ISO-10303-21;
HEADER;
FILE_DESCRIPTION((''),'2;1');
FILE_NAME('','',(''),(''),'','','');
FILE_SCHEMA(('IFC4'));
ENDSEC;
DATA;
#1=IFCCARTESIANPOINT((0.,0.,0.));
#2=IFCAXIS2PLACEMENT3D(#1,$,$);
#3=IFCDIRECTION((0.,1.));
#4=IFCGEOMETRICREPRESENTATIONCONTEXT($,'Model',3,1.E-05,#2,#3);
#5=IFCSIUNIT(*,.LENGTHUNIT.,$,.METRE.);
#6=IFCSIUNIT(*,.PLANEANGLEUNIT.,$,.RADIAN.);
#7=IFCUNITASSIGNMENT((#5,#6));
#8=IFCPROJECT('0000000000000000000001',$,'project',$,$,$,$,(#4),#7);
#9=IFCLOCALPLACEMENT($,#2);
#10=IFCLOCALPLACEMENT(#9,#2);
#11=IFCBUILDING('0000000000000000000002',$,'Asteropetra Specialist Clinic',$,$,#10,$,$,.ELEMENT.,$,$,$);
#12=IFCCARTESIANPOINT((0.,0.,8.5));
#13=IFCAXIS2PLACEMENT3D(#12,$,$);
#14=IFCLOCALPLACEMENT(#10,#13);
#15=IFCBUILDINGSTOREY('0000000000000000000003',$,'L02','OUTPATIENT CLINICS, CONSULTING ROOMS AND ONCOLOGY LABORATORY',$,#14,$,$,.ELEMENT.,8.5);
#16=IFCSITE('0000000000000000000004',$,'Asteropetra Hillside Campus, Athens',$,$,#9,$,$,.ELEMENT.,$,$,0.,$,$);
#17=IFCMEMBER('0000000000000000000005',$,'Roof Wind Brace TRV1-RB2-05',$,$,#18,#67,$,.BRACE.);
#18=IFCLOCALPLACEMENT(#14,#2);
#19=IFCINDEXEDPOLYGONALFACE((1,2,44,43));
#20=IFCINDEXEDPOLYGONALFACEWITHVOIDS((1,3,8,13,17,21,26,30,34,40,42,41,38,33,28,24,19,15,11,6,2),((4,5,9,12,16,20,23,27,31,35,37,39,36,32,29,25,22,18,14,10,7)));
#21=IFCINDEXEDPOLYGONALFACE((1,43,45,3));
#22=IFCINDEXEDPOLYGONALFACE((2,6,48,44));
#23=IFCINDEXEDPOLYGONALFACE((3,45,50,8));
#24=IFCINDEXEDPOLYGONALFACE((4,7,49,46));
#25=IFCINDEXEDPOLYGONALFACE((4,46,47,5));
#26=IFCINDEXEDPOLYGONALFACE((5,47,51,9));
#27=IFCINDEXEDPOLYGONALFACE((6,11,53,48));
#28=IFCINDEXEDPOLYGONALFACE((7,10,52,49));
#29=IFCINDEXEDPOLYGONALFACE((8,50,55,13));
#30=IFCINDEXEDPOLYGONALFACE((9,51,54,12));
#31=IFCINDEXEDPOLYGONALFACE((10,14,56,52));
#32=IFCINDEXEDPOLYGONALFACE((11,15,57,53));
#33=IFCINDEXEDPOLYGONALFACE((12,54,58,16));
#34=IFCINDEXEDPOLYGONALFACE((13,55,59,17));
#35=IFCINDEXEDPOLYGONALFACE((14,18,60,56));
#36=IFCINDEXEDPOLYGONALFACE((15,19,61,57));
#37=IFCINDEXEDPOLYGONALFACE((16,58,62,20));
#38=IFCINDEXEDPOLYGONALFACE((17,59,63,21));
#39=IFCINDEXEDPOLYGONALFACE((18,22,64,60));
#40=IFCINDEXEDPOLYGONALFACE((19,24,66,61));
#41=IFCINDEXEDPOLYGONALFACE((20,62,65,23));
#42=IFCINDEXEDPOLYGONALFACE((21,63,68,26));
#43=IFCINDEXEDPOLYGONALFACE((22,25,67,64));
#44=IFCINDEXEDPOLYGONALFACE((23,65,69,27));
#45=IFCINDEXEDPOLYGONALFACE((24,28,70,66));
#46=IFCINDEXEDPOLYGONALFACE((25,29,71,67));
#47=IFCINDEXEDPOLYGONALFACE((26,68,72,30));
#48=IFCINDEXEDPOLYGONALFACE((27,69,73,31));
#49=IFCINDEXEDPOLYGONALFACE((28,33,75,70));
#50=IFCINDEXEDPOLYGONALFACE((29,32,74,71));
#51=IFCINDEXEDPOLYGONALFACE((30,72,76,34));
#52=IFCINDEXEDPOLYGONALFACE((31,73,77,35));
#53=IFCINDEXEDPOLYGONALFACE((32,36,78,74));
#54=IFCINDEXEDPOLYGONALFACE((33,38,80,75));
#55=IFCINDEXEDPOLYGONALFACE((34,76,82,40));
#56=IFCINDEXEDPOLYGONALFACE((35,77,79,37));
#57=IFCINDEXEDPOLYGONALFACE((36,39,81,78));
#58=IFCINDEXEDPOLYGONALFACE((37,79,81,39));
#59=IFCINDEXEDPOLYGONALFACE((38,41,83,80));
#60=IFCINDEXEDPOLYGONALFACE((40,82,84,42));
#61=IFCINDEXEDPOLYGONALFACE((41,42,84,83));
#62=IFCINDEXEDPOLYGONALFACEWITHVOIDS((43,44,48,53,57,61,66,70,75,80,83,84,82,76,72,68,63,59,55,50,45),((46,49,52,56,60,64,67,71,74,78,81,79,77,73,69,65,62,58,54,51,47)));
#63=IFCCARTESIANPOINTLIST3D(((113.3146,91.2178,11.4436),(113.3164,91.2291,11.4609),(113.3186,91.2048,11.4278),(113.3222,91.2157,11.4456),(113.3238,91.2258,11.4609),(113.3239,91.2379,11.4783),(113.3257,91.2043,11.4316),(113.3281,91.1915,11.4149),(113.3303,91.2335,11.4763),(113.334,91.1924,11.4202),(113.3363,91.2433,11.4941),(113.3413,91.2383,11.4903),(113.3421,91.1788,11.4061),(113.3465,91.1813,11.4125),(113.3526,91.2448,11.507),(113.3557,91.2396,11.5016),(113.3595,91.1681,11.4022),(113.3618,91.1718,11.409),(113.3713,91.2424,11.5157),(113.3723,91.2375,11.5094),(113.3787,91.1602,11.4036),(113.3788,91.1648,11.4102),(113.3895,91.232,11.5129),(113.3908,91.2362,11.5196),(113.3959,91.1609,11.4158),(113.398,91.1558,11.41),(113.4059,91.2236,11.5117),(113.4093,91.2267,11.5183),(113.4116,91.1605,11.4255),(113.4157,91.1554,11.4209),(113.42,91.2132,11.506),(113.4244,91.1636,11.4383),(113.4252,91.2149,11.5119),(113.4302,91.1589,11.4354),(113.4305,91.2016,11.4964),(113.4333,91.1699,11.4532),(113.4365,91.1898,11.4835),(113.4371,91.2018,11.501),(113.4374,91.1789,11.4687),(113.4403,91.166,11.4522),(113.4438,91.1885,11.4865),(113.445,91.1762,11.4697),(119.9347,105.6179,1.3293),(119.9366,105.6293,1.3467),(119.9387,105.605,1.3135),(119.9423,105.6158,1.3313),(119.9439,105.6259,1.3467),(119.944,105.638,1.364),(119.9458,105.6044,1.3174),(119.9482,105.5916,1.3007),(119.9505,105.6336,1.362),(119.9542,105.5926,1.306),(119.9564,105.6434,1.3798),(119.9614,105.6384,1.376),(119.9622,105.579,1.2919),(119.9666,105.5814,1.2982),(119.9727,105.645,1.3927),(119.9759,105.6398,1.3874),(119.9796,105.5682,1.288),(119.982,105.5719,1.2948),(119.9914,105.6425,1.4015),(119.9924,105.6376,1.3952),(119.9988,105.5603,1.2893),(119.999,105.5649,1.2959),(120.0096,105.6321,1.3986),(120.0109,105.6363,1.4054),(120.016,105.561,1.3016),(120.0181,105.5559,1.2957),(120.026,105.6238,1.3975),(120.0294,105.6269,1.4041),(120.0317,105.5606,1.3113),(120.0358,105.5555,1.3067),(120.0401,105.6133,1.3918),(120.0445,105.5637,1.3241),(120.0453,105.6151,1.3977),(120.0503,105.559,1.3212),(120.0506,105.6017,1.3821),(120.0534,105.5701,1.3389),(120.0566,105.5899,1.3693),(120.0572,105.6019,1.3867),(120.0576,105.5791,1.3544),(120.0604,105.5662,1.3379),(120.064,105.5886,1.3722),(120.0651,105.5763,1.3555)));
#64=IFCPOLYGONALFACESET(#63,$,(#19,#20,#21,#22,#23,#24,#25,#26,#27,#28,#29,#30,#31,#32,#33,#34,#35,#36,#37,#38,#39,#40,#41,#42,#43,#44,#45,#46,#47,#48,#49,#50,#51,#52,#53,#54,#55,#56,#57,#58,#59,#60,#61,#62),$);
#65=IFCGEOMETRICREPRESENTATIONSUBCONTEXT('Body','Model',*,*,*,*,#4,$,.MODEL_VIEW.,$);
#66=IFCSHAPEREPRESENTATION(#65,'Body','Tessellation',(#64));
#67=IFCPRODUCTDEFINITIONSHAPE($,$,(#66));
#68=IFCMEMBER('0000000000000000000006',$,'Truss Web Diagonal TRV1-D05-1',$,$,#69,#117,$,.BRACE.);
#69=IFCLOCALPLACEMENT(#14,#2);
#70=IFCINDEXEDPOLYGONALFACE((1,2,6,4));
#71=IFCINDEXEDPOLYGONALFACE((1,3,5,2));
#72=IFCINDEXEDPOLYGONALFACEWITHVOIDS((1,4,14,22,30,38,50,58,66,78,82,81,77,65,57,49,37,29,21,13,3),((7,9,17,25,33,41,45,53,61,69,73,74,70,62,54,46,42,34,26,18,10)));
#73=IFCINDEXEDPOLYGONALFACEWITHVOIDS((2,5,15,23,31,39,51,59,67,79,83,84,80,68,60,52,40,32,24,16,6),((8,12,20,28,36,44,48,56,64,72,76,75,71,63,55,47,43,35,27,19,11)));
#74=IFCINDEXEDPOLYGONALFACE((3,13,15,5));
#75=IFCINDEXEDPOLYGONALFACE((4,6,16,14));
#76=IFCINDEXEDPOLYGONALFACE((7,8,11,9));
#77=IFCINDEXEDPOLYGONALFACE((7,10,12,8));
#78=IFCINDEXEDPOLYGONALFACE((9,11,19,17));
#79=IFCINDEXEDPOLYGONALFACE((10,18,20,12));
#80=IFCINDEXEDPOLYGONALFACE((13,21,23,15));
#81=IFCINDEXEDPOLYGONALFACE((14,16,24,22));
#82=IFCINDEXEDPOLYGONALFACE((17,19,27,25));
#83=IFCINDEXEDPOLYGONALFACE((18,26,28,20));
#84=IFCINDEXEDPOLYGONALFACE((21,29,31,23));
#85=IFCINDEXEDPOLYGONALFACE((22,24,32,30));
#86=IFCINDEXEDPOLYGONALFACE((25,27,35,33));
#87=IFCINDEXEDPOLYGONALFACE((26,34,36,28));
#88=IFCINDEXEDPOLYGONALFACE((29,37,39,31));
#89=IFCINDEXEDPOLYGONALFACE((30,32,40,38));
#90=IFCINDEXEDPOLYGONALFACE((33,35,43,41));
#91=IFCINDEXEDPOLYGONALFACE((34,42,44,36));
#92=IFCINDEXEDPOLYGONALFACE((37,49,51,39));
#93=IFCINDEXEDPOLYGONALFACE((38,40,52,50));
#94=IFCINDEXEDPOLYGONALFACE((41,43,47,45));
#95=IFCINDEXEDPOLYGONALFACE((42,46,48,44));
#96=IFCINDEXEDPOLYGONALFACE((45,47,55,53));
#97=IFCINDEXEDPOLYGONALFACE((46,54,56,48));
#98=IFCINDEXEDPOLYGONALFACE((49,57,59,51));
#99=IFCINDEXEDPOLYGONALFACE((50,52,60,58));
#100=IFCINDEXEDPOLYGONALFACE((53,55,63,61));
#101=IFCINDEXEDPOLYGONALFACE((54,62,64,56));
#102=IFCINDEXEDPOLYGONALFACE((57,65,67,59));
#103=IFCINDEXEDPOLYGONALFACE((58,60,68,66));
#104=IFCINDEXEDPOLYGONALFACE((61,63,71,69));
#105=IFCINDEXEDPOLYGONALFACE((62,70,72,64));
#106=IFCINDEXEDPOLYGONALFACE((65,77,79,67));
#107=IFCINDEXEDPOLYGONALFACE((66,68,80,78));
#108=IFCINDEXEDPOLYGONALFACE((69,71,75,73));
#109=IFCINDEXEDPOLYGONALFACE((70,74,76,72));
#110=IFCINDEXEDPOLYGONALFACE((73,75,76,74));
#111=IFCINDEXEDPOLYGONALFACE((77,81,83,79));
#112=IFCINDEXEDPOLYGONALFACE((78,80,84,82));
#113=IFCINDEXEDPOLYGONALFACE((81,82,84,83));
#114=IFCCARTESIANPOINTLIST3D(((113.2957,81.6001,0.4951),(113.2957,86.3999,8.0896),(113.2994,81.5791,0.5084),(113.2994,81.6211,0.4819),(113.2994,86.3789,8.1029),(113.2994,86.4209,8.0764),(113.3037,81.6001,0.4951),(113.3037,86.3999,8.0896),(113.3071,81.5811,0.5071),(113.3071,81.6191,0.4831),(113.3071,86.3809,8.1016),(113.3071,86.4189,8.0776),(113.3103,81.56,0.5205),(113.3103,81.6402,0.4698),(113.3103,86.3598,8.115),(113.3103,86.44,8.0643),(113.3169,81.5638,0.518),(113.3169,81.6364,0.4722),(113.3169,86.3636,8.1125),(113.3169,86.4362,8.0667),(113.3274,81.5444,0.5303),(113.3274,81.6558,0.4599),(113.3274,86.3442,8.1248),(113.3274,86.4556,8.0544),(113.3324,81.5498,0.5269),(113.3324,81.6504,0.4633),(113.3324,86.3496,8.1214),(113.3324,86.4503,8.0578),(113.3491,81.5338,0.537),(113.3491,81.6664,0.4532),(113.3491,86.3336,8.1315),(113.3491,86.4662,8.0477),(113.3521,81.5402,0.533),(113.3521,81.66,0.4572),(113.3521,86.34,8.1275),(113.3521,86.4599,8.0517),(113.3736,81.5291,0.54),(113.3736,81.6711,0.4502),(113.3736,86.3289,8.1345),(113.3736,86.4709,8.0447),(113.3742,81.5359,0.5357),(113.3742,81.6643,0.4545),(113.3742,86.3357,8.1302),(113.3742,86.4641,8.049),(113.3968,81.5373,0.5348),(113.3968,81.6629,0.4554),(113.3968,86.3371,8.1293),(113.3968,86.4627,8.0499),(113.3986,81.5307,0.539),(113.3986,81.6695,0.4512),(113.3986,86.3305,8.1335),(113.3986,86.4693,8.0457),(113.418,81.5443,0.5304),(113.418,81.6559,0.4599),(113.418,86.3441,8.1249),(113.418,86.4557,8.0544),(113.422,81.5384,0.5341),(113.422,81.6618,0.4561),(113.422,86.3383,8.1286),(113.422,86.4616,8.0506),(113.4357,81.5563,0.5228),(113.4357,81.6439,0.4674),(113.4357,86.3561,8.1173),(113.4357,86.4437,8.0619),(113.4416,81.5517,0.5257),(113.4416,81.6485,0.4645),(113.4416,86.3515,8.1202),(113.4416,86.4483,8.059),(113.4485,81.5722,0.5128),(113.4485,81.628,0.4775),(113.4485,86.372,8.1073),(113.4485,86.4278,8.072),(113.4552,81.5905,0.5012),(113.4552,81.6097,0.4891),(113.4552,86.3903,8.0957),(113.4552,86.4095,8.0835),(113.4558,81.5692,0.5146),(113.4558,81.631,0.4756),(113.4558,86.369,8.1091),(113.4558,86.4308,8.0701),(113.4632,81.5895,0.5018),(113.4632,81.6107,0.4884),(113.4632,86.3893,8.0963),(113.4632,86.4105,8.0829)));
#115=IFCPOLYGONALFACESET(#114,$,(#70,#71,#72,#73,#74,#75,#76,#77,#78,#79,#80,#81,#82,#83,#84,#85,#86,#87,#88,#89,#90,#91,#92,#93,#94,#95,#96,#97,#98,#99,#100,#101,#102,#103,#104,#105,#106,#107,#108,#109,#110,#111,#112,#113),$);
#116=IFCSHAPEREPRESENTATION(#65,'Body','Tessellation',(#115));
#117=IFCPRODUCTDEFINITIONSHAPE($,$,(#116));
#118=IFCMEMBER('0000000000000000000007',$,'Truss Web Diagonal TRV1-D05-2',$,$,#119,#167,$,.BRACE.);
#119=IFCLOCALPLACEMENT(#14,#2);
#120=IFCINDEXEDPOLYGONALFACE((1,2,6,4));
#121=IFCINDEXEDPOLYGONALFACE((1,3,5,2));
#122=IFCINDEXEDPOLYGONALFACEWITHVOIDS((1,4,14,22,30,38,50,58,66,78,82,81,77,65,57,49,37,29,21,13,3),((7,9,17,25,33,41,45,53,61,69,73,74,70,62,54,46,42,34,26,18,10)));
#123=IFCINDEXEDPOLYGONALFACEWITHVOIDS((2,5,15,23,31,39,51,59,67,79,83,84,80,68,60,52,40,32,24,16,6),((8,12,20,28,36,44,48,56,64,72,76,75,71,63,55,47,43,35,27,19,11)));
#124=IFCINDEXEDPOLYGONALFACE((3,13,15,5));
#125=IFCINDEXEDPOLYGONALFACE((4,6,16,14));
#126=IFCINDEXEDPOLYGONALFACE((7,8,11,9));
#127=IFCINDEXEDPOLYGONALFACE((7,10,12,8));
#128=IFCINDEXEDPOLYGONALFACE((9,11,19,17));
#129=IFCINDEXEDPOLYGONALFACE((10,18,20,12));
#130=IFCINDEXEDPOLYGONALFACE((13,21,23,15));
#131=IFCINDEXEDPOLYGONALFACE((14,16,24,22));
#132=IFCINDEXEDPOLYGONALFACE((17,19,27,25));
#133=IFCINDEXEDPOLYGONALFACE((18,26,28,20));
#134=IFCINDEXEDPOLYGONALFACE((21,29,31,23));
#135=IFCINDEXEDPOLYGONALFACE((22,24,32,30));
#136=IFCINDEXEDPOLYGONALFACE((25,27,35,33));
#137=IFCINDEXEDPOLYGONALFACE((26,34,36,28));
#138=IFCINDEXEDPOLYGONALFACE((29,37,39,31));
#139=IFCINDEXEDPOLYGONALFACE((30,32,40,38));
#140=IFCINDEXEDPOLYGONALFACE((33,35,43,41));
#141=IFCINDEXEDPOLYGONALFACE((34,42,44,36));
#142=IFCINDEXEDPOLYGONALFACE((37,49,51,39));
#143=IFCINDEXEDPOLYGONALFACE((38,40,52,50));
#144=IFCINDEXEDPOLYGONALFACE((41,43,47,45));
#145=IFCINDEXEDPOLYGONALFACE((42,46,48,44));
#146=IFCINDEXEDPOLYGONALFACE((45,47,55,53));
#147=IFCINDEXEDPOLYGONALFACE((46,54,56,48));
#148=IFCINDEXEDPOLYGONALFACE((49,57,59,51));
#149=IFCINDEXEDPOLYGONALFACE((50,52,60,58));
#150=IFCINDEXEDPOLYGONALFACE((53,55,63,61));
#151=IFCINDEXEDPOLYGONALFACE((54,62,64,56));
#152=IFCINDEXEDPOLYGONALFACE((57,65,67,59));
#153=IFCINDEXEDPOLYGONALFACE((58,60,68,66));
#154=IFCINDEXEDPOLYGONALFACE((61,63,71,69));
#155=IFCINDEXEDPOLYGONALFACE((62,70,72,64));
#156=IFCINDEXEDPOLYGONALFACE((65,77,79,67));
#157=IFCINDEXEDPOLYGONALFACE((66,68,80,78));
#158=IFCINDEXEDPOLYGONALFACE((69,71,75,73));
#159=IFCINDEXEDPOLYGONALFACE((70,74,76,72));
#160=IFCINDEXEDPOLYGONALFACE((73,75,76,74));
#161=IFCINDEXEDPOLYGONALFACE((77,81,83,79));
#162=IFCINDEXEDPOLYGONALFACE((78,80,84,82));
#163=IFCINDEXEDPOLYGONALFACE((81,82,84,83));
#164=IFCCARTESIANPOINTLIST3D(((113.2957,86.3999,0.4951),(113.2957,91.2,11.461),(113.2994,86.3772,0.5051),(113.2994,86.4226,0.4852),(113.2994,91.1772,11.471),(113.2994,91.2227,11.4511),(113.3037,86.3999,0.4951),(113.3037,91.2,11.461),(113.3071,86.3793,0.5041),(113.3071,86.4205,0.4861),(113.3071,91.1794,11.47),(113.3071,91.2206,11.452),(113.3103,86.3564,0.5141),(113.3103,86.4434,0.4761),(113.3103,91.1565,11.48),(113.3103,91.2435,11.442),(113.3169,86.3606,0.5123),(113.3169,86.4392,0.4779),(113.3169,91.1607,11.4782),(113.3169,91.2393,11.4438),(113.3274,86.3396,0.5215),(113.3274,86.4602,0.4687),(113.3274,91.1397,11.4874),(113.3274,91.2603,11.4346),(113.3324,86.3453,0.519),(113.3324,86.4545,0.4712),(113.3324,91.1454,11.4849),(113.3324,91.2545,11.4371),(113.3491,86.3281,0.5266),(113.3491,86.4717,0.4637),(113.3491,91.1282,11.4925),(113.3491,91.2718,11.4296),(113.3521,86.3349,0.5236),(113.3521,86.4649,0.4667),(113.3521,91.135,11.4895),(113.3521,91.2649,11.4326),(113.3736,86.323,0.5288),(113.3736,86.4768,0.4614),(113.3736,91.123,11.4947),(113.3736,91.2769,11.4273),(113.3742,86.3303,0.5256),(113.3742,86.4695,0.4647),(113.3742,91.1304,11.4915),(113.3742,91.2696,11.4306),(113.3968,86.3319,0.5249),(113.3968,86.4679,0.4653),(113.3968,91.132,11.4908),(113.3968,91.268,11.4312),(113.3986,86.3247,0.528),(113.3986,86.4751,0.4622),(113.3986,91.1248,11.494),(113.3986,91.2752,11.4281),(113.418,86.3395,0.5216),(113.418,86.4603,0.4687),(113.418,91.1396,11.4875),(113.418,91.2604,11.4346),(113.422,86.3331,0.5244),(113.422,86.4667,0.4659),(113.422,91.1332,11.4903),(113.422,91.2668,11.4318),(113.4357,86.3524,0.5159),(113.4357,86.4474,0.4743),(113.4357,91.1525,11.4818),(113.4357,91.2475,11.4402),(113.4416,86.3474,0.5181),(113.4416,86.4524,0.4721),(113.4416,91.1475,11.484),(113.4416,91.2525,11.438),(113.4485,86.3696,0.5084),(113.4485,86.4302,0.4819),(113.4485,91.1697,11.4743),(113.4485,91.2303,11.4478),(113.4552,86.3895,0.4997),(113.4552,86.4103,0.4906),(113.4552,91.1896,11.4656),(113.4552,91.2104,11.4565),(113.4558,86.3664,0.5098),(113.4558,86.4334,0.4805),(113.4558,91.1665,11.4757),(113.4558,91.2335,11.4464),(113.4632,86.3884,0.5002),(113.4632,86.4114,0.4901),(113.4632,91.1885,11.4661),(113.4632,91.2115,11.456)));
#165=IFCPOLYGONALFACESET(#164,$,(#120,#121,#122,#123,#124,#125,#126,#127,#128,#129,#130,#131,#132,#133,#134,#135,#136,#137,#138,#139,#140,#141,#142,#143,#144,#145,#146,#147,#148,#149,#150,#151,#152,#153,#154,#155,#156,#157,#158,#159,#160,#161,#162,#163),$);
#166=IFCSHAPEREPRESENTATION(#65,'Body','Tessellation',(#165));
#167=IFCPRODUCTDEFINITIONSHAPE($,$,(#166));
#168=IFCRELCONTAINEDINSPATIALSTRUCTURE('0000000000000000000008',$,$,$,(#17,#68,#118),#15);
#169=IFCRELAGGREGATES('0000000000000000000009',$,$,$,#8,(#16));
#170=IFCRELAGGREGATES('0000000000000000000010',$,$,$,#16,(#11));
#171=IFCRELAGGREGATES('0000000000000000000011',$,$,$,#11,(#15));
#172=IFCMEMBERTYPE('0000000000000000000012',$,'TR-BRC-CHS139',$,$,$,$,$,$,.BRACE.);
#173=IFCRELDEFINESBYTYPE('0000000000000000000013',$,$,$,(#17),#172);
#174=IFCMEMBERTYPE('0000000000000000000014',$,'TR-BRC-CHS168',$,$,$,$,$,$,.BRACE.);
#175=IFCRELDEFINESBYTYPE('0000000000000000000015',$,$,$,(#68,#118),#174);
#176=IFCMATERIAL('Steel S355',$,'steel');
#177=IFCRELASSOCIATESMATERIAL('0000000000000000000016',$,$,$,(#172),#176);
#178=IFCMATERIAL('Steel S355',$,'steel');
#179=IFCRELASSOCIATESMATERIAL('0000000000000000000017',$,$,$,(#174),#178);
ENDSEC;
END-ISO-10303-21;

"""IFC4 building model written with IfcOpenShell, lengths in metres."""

from ifc_helpers import new_model, si_unit, direction, frame, origin, origin_2d, place, context, subcontext, project, spatial, hollow_circle, extrude, material, material_profile, profile_set, type_object, element, save


model = new_model("IFC4")

# Units and contexts
model_context = context("Model", 3, precision=1e-05, world=origin(), true_north=direction((0.0, 1.0)))
body_context = subcontext(model_context, "Body", "Model", "MODEL_VIEW")
ifc_project = project(units=[si_unit("LENGTHUNIT", "METRE"), si_unit("PLANEANGLEUNIT", "RADIAN")], contexts=[model_context])

# Site, building, storey
site_placement = place(None, origin())
site = spatial("IfcSite", under=ifc_project, at=site_placement, Name="Asteropetra Hillside Campus, Athens", CompositionType="ELEMENT", RefElevation=0.0)
building_placement = place(site_placement, origin())
building = spatial("IfcBuilding", under=site, at=building_placement, Name="Asteropetra Specialist Clinic", CompositionType="ELEMENT")
storey_placement = place(building_placement, frame((0.0, 0.0, 8.5)))
storey = spatial("IfcBuildingStorey", under=building, at=storey_placement, Name="L02", Description="OUTPATIENT CLINICS, CONSULTING ROOMS AND ONCOLOGY LABORATORY", CompositionType="ELEMENT", Elevation=8.5)

# Members
ifc_material_1 = material(Name="Steel S355", Category="steel")
ifc_material_profile_1 = material_profile(ifc_material_1, hollow_circle(Radius=0.0698, WallThickness=0.0081, at=origin_2d()), Name="CHS 139.7x8.0")
ifc_profile_set_1 = profile_set([ifc_material_profile_1], Name="Steel S355")
member_type_1 = type_object("IfcMemberType", Name="TR-BRC-CHS139", PredefinedType="BRACE", material=ifc_profile_set_1)
member_1_placement = place(storey_placement, frame((113.3799, 91.2, 11.4609), z_axis=(0.35211, 0.765913, -0.537956), x_axis=(-0.908585, 0.4177, 0.0)))
element("IfcMember", 1, at=member_1_placement, inside=storey, type_object=member_type_1, Name="Roof Wind Brace TRV1-RB2-05", PredefinedType="BRACE", context=body_context, shape_type="SweptSolid", body=[
    extrude(hollow_circle(Radius=0.0698, WallThickness=0.0081, at=origin_2d()), origin(), (0.0, 0.0, 1.0), 18.8013),
])
ifc_material_2 = material(Name="Steel S355", Category="steel")
ifc_material_profile_2 = material_profile(ifc_material_2, hollow_circle(Radius=0.0842, WallThickness=0.0081, at=origin_2d()), Name="CHS 168.3x8.0")
ifc_profile_set_2 = profile_set([ifc_material_profile_2], Name="Steel S355")
member_type_2 = type_object("IfcMemberType", Name="TR-BRC-CHS168", PredefinedType="BRACE", material=ifc_profile_set_2)
member_2_placement = place(storey_placement, frame((113.3799, 81.6001, 0.4951), z_axis=(0.0, 0.534255, 0.845324), x_axis=(-1.0, 0.0, 0.0)))
element("IfcMember", 2, at=member_2_placement, inside=storey, type_object=member_type_2, Name="Truss Web Diagonal TRV1-D05-1", PredefinedType="BRACE", context=body_context, shape_type="SweptSolid", body=[
    extrude(hollow_circle(Radius=0.0842, WallThickness=0.0081, at=origin_2d()), origin(), (0.0, 0.0, 1.0), 8.9841),
])
for number, where, z_axis, x_axis, name in (
    (3, (113.3799, 86.3999, 0.4951), (0.0, 0.400994, 0.916081), (-1.0, 0.0, 0.0), "Truss Web Diagonal TRV1-D05-2"),
):
    element("IfcMember", number, at=place(storey_placement, frame(where, z_axis=z_axis, x_axis=x_axis)), inside=storey, type_object=member_type_2, Name=name, PredefinedType="BRACE", context=body_context, shape_type="SweptSolid", body=[
        extrude(hollow_circle(Radius=0.0842, WallThickness=0.0081, at=origin_2d()), origin(), (0.0, 0.0, 1.0), 11.9705),
    ])

save(model, "model.ifc")
